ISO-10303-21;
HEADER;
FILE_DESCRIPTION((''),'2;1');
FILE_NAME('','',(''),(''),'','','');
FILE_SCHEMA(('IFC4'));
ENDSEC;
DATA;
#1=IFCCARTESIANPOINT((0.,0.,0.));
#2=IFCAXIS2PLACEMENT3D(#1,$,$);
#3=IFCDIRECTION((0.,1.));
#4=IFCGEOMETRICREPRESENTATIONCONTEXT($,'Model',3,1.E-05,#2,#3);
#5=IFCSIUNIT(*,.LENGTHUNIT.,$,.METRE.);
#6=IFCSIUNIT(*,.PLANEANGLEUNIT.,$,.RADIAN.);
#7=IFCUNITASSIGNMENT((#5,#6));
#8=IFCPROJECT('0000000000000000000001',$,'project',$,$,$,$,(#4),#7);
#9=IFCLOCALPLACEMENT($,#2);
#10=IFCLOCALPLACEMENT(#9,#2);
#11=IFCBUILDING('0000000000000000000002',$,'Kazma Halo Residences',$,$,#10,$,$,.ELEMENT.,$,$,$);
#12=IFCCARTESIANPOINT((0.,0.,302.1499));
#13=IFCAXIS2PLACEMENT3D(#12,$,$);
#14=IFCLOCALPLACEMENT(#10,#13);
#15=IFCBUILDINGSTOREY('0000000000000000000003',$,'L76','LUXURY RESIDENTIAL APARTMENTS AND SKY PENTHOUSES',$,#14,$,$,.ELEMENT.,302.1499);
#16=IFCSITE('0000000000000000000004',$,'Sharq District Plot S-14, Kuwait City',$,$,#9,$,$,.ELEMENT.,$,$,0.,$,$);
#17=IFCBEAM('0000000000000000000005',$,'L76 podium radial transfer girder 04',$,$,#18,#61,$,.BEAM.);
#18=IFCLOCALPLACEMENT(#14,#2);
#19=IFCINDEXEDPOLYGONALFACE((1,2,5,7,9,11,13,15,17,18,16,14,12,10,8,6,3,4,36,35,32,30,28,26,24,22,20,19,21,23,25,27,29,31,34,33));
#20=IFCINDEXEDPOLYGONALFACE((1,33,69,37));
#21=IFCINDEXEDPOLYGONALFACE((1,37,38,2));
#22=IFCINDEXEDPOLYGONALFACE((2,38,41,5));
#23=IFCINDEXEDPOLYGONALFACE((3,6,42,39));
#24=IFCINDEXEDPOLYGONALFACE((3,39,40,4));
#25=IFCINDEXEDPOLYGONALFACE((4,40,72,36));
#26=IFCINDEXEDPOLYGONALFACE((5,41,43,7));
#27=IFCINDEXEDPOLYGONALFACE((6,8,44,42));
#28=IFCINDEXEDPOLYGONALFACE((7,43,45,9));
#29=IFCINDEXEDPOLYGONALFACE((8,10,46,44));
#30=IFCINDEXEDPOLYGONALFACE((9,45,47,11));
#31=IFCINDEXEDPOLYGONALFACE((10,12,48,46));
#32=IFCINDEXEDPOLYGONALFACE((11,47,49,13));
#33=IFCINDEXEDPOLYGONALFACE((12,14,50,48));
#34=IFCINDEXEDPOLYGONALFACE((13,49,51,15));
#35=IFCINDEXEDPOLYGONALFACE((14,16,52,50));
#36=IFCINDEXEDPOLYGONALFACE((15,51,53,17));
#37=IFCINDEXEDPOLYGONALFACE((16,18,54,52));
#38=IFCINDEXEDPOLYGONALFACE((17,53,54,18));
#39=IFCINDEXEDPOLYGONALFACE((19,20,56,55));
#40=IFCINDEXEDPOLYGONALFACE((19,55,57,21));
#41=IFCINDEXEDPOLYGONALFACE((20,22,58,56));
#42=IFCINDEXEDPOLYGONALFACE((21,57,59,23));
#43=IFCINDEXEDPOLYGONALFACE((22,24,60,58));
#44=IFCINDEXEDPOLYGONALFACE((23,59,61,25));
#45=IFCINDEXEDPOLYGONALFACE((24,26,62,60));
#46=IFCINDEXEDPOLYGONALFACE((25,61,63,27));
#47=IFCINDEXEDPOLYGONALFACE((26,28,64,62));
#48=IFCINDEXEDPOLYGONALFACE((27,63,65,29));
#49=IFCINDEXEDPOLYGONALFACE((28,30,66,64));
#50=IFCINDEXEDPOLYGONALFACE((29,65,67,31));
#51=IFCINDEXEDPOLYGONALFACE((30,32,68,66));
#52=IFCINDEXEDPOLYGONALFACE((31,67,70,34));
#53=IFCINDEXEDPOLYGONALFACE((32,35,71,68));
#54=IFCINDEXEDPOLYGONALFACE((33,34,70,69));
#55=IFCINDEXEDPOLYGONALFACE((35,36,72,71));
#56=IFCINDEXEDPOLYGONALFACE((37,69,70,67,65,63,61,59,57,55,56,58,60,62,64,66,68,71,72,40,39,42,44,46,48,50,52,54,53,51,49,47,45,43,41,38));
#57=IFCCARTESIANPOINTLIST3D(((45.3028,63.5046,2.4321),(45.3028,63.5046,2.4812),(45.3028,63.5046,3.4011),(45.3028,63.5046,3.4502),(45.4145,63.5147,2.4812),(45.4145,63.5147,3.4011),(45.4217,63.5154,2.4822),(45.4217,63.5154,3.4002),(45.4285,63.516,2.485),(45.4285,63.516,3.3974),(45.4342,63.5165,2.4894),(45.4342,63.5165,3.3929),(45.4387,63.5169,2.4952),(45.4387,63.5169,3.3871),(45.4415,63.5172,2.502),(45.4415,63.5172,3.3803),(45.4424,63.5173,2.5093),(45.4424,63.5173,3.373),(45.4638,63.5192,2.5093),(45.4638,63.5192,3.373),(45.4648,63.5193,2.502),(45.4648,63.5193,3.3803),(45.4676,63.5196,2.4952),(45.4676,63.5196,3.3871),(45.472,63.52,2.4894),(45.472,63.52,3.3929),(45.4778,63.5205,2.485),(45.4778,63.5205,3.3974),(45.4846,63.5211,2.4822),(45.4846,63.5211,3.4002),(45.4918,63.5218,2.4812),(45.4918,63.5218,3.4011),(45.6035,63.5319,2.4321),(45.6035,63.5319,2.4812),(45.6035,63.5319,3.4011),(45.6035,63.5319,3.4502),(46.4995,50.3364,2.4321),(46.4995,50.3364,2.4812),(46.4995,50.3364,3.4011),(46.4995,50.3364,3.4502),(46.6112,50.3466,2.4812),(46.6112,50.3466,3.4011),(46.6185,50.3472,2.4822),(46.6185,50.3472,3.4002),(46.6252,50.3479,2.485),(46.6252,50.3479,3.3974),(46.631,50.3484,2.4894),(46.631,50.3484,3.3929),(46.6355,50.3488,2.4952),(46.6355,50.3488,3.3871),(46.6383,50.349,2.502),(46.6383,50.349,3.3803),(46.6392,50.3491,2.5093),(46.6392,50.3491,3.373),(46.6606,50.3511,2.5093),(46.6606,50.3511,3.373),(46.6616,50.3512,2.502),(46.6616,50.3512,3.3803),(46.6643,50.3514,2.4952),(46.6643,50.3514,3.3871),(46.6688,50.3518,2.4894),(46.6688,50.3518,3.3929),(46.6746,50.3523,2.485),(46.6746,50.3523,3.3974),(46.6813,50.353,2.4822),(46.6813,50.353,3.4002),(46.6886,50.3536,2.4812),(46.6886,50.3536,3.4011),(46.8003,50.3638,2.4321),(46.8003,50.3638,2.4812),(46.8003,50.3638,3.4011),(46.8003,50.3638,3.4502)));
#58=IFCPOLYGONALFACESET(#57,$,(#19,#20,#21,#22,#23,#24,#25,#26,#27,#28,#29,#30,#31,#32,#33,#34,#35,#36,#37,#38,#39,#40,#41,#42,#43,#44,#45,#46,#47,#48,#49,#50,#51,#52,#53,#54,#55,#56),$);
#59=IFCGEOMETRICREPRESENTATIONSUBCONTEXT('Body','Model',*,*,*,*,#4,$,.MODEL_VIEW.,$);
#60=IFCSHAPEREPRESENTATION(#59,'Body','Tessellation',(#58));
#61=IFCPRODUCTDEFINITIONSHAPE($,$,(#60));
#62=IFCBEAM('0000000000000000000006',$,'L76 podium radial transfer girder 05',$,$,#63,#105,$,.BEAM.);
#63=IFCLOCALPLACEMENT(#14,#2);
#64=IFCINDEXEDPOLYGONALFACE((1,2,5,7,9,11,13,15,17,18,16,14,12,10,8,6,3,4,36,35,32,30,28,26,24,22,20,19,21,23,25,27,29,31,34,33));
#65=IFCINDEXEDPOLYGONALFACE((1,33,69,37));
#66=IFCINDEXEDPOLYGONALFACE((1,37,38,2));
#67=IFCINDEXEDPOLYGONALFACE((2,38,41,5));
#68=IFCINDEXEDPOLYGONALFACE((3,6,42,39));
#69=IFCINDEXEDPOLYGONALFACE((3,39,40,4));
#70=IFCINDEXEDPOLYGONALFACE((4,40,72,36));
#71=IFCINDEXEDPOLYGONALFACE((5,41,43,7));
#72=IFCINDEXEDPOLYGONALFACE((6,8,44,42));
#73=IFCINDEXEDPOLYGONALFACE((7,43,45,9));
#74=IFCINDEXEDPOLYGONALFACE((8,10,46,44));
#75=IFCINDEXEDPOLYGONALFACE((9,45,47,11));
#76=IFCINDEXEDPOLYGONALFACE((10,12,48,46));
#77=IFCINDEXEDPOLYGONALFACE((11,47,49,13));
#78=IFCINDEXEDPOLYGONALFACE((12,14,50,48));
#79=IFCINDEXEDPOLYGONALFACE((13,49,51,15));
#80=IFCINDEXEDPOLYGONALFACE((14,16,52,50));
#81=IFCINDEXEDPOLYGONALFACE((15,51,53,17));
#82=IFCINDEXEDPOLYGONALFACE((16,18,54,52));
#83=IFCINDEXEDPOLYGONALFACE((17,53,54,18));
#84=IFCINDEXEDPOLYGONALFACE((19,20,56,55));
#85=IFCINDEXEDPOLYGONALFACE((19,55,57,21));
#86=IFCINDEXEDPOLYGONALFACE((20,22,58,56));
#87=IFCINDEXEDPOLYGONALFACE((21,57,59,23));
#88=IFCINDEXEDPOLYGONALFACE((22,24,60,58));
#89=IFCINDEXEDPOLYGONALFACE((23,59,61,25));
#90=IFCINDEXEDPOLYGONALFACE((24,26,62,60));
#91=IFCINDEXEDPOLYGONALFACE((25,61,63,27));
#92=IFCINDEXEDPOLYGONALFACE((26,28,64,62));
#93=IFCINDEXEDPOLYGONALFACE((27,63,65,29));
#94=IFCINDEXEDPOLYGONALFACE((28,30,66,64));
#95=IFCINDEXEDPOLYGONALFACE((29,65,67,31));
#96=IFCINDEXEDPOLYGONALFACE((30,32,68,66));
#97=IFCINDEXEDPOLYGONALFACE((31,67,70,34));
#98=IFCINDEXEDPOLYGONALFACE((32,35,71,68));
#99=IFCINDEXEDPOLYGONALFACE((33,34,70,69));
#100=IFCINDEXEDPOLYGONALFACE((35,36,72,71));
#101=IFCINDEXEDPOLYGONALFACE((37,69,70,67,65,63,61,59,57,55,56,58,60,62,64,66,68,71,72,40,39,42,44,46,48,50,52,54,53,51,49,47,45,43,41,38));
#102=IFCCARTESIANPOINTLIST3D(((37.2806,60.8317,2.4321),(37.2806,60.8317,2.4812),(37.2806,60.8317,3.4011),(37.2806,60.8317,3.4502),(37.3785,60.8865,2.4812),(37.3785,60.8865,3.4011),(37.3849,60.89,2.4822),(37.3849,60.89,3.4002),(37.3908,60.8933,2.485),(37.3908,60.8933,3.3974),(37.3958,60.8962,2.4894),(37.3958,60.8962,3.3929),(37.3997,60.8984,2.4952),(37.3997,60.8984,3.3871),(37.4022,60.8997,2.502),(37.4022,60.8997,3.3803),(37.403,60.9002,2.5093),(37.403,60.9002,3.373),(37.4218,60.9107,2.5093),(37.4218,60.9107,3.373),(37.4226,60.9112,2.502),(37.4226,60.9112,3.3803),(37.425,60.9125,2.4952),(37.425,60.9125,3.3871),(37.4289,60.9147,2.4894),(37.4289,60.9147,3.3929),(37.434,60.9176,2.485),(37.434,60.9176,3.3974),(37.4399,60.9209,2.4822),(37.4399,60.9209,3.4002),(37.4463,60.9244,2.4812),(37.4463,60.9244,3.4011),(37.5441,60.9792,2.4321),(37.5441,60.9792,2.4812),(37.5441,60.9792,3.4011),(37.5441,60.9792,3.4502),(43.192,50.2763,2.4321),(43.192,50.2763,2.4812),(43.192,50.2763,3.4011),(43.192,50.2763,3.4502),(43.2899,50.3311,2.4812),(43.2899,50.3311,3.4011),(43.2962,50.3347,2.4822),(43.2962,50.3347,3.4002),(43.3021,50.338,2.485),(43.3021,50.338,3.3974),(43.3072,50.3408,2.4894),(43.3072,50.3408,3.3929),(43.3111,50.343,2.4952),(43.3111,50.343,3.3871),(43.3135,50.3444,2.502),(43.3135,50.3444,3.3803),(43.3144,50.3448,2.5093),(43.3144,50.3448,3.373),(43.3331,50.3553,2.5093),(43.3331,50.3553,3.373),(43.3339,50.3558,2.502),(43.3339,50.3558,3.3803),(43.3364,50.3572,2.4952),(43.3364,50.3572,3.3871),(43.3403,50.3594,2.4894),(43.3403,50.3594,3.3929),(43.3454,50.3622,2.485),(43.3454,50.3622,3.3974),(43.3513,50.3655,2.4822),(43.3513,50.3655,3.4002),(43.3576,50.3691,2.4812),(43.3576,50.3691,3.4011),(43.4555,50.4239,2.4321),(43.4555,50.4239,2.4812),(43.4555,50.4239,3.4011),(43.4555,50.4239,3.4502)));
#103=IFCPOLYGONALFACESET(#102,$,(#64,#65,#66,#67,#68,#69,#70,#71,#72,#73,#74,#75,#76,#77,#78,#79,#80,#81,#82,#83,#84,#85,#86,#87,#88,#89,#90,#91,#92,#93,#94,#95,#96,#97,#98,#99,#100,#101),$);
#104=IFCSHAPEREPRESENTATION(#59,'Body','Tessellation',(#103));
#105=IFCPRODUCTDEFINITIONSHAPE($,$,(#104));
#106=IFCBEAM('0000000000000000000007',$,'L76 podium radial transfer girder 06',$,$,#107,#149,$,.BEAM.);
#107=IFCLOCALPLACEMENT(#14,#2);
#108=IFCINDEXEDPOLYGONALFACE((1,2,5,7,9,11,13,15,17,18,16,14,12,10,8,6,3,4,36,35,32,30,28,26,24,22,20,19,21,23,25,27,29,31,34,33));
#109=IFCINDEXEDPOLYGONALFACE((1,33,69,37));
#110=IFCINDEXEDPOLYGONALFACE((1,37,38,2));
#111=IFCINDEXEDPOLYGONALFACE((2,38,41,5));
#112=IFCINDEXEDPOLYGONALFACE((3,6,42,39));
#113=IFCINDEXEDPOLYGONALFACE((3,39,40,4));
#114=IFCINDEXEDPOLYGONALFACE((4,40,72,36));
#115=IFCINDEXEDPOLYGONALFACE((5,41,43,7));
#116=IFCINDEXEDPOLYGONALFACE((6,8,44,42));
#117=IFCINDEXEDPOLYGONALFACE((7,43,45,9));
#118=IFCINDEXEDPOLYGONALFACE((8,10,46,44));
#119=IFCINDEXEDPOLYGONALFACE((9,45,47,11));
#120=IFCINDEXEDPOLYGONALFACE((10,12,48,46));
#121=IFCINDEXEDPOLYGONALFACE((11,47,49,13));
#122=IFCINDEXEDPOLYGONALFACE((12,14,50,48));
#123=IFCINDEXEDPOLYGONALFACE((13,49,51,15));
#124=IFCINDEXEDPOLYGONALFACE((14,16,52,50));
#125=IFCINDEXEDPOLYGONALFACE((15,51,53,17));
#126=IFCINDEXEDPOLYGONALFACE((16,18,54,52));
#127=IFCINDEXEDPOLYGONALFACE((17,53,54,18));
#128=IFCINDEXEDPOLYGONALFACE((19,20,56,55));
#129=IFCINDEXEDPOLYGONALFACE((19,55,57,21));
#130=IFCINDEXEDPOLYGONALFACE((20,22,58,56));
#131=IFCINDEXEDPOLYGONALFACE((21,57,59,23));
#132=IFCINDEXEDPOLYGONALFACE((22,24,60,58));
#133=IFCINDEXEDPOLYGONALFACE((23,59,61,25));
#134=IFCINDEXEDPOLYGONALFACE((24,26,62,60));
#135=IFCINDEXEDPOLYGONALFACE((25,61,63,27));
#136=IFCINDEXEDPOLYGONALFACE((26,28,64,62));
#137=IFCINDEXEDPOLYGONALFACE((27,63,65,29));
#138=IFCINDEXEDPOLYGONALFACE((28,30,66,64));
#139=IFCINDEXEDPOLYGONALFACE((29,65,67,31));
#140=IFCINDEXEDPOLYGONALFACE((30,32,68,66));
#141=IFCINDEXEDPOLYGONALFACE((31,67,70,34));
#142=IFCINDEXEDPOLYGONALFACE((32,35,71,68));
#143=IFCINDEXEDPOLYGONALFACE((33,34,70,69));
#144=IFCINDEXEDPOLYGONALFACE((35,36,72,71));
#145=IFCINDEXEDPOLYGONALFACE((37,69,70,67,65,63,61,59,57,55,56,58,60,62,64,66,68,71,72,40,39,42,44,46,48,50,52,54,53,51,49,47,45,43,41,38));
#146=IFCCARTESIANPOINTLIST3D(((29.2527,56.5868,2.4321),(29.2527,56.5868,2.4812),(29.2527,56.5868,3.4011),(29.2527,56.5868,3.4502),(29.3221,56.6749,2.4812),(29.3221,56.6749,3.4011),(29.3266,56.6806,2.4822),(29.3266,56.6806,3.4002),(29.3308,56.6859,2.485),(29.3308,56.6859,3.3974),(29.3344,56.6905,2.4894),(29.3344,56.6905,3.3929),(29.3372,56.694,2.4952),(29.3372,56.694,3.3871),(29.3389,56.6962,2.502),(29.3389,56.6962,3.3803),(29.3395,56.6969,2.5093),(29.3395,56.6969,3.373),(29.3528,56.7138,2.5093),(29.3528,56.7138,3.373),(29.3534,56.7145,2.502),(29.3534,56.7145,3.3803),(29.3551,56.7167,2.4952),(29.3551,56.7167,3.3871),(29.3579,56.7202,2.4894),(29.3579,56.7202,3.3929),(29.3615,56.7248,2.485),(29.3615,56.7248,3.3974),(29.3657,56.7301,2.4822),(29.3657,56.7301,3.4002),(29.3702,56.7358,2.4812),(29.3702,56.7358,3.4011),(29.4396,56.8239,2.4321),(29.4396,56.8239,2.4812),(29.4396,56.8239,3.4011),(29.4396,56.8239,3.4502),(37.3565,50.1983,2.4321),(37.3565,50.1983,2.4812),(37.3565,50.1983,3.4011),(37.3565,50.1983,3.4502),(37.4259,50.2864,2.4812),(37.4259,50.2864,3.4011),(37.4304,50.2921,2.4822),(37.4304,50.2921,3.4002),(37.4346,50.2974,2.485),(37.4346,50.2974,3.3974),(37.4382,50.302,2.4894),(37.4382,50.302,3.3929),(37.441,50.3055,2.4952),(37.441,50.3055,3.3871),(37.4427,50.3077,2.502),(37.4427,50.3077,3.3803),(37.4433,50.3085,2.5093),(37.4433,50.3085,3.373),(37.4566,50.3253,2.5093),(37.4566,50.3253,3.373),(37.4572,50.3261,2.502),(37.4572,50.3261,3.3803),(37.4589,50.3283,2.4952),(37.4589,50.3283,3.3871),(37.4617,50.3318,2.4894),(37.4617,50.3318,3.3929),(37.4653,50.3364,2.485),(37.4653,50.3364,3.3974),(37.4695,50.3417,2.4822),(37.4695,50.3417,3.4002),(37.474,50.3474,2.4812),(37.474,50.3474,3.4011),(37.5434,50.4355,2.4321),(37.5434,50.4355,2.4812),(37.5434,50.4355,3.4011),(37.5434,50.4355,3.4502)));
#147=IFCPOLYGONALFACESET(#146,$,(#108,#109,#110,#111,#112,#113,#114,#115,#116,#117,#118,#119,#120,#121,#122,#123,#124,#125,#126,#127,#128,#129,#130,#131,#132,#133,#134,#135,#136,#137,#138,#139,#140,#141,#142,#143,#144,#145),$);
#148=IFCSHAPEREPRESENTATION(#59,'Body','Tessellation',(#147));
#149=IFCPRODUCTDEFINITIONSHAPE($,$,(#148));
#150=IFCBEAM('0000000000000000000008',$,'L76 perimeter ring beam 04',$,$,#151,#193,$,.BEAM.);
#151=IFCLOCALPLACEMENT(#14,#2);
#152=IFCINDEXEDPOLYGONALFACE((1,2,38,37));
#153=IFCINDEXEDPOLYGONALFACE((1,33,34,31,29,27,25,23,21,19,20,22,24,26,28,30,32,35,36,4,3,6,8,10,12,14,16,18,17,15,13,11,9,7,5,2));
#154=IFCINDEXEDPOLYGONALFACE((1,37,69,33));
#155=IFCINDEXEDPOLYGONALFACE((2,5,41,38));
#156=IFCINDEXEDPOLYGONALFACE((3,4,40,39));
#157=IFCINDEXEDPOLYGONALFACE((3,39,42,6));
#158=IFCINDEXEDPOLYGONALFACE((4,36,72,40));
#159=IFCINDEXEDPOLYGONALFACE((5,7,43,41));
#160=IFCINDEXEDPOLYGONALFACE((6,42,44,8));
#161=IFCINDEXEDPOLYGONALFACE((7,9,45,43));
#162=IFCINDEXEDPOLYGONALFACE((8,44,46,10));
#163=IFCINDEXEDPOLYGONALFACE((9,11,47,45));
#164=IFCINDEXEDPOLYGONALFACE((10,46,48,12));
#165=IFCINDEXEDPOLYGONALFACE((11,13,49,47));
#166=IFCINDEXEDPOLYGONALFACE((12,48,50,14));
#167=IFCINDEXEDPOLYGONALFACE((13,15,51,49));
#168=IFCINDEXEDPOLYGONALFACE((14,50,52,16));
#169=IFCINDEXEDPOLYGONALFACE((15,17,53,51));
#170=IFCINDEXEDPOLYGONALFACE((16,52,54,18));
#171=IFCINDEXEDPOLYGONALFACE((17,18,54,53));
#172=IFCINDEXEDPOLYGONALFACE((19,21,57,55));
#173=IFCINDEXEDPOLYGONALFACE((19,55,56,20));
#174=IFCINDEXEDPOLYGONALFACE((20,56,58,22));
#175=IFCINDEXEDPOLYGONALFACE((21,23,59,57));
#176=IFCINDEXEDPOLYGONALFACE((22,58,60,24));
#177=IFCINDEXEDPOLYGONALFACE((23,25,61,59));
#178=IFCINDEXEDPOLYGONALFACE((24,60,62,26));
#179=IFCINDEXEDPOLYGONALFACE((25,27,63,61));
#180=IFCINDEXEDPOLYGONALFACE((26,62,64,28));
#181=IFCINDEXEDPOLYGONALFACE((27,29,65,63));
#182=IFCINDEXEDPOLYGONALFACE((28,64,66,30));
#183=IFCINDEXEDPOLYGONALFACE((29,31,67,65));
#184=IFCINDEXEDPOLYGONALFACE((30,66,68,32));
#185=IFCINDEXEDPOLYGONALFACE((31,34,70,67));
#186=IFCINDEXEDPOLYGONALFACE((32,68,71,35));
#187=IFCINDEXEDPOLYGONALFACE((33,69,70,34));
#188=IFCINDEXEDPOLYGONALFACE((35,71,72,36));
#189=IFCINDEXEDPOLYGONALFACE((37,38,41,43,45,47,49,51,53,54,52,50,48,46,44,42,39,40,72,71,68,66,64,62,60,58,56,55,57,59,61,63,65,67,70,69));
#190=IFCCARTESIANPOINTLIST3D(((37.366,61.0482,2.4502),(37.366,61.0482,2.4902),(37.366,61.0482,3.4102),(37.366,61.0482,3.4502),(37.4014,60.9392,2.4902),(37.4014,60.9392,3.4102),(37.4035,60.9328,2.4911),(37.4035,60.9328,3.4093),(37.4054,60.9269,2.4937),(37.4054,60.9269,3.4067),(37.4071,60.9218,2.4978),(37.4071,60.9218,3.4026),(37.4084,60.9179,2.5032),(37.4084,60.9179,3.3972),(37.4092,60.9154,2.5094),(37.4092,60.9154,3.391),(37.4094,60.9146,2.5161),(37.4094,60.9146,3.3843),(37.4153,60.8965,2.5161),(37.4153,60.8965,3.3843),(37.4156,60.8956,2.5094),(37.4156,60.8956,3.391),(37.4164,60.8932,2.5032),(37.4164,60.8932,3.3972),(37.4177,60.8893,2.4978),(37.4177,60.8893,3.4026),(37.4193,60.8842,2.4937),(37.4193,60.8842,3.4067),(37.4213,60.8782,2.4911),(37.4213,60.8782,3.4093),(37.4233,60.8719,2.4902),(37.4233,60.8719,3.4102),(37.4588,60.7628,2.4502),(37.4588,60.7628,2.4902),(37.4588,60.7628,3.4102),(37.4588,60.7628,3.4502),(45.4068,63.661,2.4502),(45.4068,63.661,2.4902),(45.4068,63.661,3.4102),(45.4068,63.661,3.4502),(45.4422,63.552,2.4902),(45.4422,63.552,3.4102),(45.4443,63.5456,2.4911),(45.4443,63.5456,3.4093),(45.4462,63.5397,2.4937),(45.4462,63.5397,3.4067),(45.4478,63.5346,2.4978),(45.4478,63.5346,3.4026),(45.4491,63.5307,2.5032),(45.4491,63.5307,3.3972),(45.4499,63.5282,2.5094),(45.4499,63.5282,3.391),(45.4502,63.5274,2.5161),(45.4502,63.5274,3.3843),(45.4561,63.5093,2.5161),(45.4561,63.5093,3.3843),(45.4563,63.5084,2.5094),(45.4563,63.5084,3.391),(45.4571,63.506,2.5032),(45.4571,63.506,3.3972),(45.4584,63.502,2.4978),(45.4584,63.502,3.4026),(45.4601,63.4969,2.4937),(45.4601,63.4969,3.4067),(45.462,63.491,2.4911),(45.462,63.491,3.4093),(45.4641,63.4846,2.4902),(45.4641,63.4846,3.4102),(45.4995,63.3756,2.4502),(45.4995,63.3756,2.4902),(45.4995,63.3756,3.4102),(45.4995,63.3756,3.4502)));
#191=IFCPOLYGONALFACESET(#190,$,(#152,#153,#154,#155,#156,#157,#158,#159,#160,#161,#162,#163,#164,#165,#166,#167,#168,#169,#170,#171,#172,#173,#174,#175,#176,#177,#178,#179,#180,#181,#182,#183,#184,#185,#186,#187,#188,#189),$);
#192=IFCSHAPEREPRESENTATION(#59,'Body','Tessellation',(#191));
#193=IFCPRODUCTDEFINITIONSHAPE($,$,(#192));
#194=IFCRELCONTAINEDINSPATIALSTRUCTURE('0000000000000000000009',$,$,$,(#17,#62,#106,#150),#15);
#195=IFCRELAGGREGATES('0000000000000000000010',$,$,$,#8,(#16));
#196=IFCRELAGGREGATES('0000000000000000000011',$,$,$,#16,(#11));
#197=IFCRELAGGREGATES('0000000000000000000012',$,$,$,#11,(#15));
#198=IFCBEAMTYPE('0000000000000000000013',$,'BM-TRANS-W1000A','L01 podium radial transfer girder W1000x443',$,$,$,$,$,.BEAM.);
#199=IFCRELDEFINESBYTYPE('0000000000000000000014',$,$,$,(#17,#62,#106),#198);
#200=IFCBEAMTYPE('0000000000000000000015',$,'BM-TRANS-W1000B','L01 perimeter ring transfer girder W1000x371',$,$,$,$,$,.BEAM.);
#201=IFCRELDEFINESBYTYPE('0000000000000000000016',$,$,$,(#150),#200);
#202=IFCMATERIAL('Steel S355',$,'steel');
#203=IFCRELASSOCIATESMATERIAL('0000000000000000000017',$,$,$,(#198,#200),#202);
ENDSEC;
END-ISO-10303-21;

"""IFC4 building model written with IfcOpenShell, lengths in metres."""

from ifc_helpers import new_model, si_unit, direction, frame, origin, origin_2d, place, context, subcontext, project, spatial, i_section, extrude, material, material_profile, profile_set, type_object, element, save


model = new_model("IFC4")

# Units and contexts
model_context = context("Model", 3, precision=1e-05, world=origin(), true_north=direction((0.0, 1.0)))
body_context = subcontext(model_context, "Body", "Model", "MODEL_VIEW")
ifc_project = project(units=[si_unit("LENGTHUNIT", "METRE"), si_unit("PLANEANGLEUNIT", "RADIAN")], contexts=[model_context])

# Site, building, storey
site_placement = place(None, origin())
site = spatial("IfcSite", under=ifc_project, at=site_placement, Name="Sharq District Plot S-14, Kuwait City", CompositionType="ELEMENT", RefElevation=0.0)
building_placement = place(site_placement, origin())
building = spatial("IfcBuilding", under=site, at=building_placement, Name="Kazma Halo Residences", CompositionType="ELEMENT")
storey_placement = place(building_placement, frame((0.0, 0.0, 302.1499)))
storey = spatial("IfcBuildingStorey", under=building, at=storey_placement, Name="L76", Description="LUXURY RESIDENTIAL APARTMENTS AND SKY PENTHOUSES", CompositionType="ELEMENT", Elevation=302.1499)

# Beams
ifc_material_1 = material(Name="Steel S355", Category="steel")
ifc_material_profile_1 = material_profile(ifc_material_1, i_section(OverallWidth=0.302, OverallDepth=1.0181, WebThickness=0.0215, FlangeThickness=0.0491, FilletRadius=0.0281, at=origin_2d()), Name="W1000x443")
ifc_profile_set_1 = profile_set([ifc_material_profile_1], Name="Steel S355")
beam_type_1 = type_object("IfcBeamType", Name="BM-TRANS-W1000A", Description="L01 podium radial transfer girder W1000x443", PredefinedType="BEAM", material=ifc_profile_set_1)
beam_1_placement = place(storey_placement, frame((46.6499, 50.3501, 2.9412), z_axis=(-0.090511, 0.995895, 0.0), x_axis=(-0.995895, -0.090511, 0.0)))
element("IfcBeam", 1, at=beam_1_placement, inside=storey, type_object=beam_type_1, Name="L76 podium radial transfer girder 04", PredefinedType="BEAM", context=body_context, shape_type="SweptSolid", body=[
    extrude(i_section(OverallWidth=0.302, OverallDepth=1.0181, WebThickness=0.0215, FlangeThickness=0.0491, FilletRadius=0.0281, at=origin_2d()), origin(), (0.0, 0.0, 1.0), 13.2224),
])
beam_2_placement = place(storey_placement, frame((43.3237, 50.3501, 2.9412), z_axis=(-0.488625, 0.872494, 0.0), x_axis=(-0.872494, -0.488625, 0.0)))
element("IfcBeam", 2, at=beam_2_placement, inside=storey, type_object=beam_type_1, Name="L76 podium radial transfer girder 05", PredefinedType="BEAM", context=body_context, shape_type="SweptSolid", body=[
    extrude(i_section(OverallWidth=0.302, OverallDepth=1.0181, WebThickness=0.0215, FlangeThickness=0.0491, FilletRadius=0.0281, at=origin_2d()), origin(), (0.0, 0.0, 1.0), 12.0979),
])
beam_3_placement = place(storey_placement, frame((37.45, 50.3169, 2.9412), z_axis=(-0.78532, 0.61909, 0.0), x_axis=(-0.61909, -0.78532, 0.0)))
element("IfcBeam", 3, at=beam_3_placement, inside=storey, type_object=beam_type_1, Name="L76 podium radial transfer girder 06", PredefinedType="BEAM", context=body_context, shape_type="SweptSolid", body=[
    extrude(i_section(OverallWidth=0.302, OverallDepth=1.0181, WebThickness=0.0215, FlangeThickness=0.0491, FilletRadius=0.0281, at=origin_2d()), origin(), (0.0, 0.0, 1.0), 10.3191),
])
ifc_material_profile_2 = material_profile(ifc_material_1, i_section(OverallWidth=0.3, OverallDepth=1.0, WebThickness=0.019, FlangeThickness=0.04, FilletRadius=0.0259, at=origin_2d()), Name="W1000x371")
ifc_profile_set_2 = profile_set([ifc_material_profile_2], Name="Steel S355")
beam_type_2 = type_object("IfcBeamType", Name="BM-TRANS-W1000B", Description="L01 perimeter ring transfer girder W1000x371", PredefinedType="BEAM", material=ifc_profile_set_2)
beam_4_placement = place(storey_placement, frame((45.4531, 63.5183, 2.9502), z_axis=(-0.95105, -0.309037, 0.0), x_axis=(0.309037, -0.95105, 0.0)))
element("IfcBeam", 4, at=beam_4_placement, inside=storey, type_object=beam_type_2, Name="L76 perimeter ring beam 04", PredefinedType="BEAM", context=body_context, shape_type="SweptSolid", body=[
    extrude(i_section(OverallWidth=0.3, OverallDepth=1.0, WebThickness=0.019, FlangeThickness=0.04, FilletRadius=0.0259, at=origin_2d()), origin(), (0.0, 0.0, 1.0), 8.4546),
])

save(model, "model.ifc")
